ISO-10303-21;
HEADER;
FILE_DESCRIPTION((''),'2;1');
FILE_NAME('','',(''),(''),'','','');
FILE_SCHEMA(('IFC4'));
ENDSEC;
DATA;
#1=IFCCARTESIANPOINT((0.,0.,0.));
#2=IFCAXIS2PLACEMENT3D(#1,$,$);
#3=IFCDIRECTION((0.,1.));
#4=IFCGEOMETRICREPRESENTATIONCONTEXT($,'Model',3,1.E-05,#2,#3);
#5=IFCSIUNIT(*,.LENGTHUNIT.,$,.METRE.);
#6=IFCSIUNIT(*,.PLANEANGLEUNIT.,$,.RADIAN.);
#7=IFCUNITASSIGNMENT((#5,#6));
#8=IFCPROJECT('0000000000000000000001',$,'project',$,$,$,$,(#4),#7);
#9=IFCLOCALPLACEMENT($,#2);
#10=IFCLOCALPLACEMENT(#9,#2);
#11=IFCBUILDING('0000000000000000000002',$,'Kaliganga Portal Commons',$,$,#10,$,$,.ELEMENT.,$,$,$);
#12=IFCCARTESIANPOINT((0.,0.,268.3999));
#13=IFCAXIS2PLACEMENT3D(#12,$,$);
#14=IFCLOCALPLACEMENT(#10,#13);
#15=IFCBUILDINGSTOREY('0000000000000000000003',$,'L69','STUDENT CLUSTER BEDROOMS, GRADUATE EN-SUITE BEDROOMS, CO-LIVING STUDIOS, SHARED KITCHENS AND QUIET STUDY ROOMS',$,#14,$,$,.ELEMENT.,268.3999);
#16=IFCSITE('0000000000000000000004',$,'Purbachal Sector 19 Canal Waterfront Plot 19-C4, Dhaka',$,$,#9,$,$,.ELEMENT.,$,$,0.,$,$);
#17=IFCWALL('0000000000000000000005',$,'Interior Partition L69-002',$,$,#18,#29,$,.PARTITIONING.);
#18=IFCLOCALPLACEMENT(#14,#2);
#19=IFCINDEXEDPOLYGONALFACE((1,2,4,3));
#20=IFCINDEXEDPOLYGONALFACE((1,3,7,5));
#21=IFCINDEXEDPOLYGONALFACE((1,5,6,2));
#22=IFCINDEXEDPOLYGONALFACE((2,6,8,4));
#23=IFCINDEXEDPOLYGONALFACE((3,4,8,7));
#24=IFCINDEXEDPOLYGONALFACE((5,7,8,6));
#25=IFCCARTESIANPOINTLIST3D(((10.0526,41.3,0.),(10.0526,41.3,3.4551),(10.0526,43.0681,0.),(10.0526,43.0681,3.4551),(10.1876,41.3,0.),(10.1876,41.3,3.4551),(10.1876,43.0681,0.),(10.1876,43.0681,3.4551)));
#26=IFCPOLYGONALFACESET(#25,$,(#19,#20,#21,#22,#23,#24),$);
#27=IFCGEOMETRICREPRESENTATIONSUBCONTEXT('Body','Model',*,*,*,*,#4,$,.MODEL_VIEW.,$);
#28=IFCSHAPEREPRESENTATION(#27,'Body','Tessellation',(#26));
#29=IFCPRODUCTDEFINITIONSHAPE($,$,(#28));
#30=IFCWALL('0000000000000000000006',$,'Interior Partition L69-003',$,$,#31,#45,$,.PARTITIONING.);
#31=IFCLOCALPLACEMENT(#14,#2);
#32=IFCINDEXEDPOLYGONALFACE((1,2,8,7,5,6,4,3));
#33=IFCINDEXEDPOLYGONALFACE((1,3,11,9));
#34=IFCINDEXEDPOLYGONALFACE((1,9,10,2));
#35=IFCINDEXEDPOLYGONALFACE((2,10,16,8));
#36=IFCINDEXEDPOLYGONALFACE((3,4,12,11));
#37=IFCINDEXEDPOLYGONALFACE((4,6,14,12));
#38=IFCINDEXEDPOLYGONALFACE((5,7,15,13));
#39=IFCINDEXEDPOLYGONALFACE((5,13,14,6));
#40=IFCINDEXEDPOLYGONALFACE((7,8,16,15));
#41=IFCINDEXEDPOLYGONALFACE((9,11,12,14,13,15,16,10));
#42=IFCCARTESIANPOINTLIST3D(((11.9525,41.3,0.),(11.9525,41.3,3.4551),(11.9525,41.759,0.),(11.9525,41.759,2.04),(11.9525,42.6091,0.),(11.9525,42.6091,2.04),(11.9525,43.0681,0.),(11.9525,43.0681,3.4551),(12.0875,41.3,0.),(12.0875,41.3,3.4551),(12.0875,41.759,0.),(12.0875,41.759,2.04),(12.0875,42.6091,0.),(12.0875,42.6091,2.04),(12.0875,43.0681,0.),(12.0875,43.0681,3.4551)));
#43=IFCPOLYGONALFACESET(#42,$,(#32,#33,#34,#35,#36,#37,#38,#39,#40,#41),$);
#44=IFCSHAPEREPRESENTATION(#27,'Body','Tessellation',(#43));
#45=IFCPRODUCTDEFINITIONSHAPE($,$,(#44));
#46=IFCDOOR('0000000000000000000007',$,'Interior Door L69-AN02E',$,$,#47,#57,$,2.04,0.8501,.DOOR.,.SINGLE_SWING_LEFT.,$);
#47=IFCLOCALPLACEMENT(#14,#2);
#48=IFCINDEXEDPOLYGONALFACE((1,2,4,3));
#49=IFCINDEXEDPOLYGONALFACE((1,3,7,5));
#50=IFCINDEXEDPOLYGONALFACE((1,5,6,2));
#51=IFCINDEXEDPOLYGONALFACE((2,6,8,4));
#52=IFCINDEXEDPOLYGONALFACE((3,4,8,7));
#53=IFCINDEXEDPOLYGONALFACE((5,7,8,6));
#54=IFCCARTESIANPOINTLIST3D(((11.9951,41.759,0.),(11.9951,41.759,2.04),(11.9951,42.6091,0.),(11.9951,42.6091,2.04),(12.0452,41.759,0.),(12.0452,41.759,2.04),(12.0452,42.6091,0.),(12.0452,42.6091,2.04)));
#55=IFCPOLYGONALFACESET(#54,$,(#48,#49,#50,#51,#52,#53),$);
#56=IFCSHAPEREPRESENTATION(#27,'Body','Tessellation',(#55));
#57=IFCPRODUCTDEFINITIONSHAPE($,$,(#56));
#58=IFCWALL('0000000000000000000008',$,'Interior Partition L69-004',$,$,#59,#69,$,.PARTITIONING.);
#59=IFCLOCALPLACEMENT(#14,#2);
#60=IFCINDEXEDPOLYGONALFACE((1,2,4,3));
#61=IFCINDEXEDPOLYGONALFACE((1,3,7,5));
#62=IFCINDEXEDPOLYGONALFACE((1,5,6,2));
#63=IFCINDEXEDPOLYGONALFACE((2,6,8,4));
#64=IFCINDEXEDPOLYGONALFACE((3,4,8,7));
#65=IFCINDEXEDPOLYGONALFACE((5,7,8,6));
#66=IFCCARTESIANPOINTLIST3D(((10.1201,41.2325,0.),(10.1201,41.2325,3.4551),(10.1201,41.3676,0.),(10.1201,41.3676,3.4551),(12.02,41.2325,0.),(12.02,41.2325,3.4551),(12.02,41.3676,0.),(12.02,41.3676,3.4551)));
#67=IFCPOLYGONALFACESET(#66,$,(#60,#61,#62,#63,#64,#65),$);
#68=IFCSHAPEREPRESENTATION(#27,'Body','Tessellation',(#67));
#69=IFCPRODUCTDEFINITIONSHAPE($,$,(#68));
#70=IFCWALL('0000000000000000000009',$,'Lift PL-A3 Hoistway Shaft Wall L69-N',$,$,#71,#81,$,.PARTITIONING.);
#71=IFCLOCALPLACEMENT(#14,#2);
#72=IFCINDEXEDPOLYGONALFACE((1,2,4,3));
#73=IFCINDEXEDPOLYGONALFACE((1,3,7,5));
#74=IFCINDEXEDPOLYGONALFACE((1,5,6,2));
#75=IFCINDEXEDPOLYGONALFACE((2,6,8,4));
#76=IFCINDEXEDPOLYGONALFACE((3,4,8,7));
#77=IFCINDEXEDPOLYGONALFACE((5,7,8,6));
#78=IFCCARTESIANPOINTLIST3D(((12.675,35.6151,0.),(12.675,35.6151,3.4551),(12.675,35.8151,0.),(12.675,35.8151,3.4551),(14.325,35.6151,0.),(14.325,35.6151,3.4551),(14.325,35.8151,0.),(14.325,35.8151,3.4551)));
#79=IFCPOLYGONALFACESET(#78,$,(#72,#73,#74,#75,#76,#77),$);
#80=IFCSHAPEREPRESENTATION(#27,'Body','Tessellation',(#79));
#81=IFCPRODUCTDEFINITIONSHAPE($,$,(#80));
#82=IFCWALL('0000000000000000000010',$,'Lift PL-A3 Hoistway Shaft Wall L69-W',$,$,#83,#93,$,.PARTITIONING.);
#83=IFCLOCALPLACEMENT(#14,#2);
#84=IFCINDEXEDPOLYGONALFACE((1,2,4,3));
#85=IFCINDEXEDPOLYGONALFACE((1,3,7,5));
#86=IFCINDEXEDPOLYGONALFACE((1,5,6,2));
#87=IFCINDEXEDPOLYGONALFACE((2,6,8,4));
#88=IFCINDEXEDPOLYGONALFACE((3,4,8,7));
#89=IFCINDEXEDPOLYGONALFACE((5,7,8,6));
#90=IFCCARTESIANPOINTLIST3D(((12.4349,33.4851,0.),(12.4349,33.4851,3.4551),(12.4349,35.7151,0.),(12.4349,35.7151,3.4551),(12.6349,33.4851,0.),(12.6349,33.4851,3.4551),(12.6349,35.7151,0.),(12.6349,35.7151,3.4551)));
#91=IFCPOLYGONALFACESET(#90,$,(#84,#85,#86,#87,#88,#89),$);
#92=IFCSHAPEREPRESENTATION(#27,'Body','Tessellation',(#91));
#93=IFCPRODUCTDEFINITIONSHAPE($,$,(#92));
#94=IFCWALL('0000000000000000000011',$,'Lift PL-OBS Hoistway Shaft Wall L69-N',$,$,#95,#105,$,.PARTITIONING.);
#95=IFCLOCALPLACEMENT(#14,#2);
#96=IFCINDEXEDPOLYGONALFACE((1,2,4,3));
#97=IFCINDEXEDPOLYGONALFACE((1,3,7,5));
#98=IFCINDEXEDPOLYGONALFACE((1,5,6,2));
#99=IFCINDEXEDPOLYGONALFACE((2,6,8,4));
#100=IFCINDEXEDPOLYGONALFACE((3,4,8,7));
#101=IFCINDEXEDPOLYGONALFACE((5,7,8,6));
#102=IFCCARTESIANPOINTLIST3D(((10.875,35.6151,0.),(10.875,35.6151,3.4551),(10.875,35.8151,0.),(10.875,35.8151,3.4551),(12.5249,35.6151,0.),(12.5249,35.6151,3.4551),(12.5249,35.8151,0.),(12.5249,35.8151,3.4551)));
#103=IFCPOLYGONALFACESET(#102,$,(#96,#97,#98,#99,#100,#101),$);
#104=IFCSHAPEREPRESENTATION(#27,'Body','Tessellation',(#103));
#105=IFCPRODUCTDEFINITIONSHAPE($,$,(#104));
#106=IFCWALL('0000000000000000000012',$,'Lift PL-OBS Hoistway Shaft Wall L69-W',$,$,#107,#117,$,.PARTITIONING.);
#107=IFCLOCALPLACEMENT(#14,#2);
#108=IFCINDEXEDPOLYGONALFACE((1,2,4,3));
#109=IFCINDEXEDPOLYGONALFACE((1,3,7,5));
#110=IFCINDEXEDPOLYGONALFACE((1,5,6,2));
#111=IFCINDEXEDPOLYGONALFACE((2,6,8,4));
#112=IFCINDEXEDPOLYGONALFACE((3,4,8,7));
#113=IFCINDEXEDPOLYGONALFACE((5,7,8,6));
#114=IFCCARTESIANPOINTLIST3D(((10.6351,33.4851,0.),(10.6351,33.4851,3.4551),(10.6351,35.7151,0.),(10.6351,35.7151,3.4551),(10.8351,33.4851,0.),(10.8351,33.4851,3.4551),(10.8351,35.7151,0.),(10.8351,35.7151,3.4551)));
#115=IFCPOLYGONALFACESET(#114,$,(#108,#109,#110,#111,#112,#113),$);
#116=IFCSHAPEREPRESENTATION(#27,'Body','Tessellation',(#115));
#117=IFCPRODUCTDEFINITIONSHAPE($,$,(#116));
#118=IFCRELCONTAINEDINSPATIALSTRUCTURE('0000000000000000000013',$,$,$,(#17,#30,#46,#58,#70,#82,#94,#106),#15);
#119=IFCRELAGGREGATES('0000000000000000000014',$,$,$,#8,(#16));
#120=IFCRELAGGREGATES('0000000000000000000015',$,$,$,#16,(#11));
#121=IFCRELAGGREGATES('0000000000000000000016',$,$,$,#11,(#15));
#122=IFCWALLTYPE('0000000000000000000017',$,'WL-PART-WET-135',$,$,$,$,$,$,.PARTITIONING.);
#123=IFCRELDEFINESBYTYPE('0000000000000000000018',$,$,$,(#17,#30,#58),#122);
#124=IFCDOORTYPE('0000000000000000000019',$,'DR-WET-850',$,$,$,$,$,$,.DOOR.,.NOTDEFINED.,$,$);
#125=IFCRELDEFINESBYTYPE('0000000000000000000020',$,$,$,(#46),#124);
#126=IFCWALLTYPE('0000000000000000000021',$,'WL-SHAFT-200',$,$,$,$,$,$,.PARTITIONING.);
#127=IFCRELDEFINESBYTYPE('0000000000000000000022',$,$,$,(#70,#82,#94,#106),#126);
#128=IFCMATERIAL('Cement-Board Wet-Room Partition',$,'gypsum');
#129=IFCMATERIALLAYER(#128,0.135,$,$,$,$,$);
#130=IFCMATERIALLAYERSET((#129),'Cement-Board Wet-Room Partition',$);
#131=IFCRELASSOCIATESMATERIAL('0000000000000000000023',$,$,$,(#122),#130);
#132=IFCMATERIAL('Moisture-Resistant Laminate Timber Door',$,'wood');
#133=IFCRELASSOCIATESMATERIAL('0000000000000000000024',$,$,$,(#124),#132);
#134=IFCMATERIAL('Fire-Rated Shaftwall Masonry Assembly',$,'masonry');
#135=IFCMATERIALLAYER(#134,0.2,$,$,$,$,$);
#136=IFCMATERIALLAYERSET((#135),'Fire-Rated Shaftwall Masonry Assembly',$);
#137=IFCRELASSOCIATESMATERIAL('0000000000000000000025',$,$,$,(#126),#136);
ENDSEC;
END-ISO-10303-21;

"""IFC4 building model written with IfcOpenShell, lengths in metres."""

from ifc_helpers import new_model, si_unit, direction, frame, frame_2d, origin, place, context, subcontext, project, spatial, rectangle, extrude, material, layer, layer_set, type_object, element, fill, save


model = new_model("IFC4")

# Units and contexts
model_context = context("Model", 3, precision=1e-05, world=origin(), true_north=direction((0.0, 1.0)))
body_context = subcontext(model_context, "Body", "Model", "MODEL_VIEW")
ifc_project = project(units=[si_unit("LENGTHUNIT", "METRE"), si_unit("PLANEANGLEUNIT", "RADIAN")], contexts=[model_context])

# Site, building, storey
site_placement = place(None, origin())
site = spatial("IfcSite", under=ifc_project, at=site_placement, Name="Purbachal Sector 19 Canal Waterfront Plot 19-C4, Dhaka", CompositionType="ELEMENT", RefElevation=0.0)
building_placement = place(site_placement, origin())
building = spatial("IfcBuilding", under=site, at=building_placement, Name="Kaliganga Portal Commons", CompositionType="ELEMENT")
storey_placement = place(building_placement, frame((0.0, 0.0, 268.3999)))
storey = spatial("IfcBuildingStorey", under=building, at=storey_placement, Name="L69", Description="STUDENT CLUSTER BEDROOMS, GRADUATE EN-SUITE BEDROOMS, CO-LIVING STUDIOS, SHARED KITCHENS AND QUIET STUDY ROOMS", CompositionType="ELEMENT", Elevation=268.3999)

# Wall
ifc_material_1 = material(Name="Cement-Board Wet-Room Partition", Category="gypsum")
ifc_layer_1 = layer(ifc_material_1, 0.135)
ifc_layer_set_1 = layer_set([ifc_layer_1], Name="Cement-Board Wet-Room Partition")
wall_type_1 = type_object("IfcWallType", Name="WL-PART-WET-135", PredefinedType="PARTITIONING", material=ifc_layer_set_1)
wall_1_placement = place(storey_placement, frame((10.1201, 41.3, 0.0), z_axis=(0.0, 0.0, 1.0), x_axis=(0.0, 1.0, 0.0)))
element("IfcWall", 1, at=wall_1_placement, inside=storey, type_object=wall_type_1, Name="Interior Partition L69-002", PredefinedType="PARTITIONING", context=body_context, shape_type="SweptSolid", body=[
    extrude(rectangle(XDim=1.7681, YDim=0.135, at=frame_2d((0.884, 0.0))), origin(), (0.0, 0.0, 1.0), 3.4551),
])

# Wall, opening, door
wall_2_placement = place(storey_placement, frame((12.02, 41.3, 0.0), z_axis=(0.0, 0.0, 1.0), x_axis=(0.0, 1.0, 0.0)))
wall_2 = element("IfcWall", 2, at=wall_2_placement, inside=storey, type_object=wall_type_1, Name="Interior Partition L69-003", PredefinedType="PARTITIONING", context=body_context, shape_type="SweptSolid", body=[
    extrude(rectangle(XDim=1.7681, YDim=0.135, at=frame_2d((0.884, 0.0))), origin(), (0.0, 0.0, 1.0), 3.4551),
])
opening_1_placement = place(wall_2_placement, frame((0.459, 0.0, 0.0)))
opening_1 = element("IfcOpeningElement", 3, at=opening_1_placement, cuts=wall_2, PredefinedType="OPENING", context=body_context, shape_type="SweptSolid", body=[
    extrude(rectangle(XDim=0.8501, YDim=2.04, at=frame_2d((0.425, 1.02))), frame((0.0, 0.0776, 0.0), z_axis=(0.0, -1.0, 0.0), x_axis=(1.0, 0.0, 0.0)), (0.0, 0.0, 1.0), 0.155),
])
ifc_material_2 = material(Name="Moisture-Resistant Laminate Timber Door", Category="wood")
door_type_1 = type_object("IfcDoorType", Name="DR-WET-850", OperationType="NOTDEFINED", PredefinedType="DOOR", material=ifc_material_2)
door_1_placement = place(opening_1_placement, origin())
door_1 = element("IfcDoor", 4, at=door_1_placement, inside=storey, type_object=door_type_1, Name="Interior Door L69-AN02E", OperationType="SINGLE_SWING_LEFT", OverallHeight=2.04, OverallWidth=0.8501, PredefinedType="DOOR", context=body_context, shape_type="SweptSolid", body=[
    extrude(rectangle(XDim=0.8501, YDim=2.04, at=frame_2d((0.425, 1.02))), frame((0.0, 0.0249, 0.0), z_axis=(0.0, -1.0, 0.0), x_axis=(1.0, 0.0, 0.0)), (0.0, 0.0, 1.0), 0.05),
])
fill(opening_1, door_1)

# Wall
wall_3_placement = place(storey_placement, frame((10.1201, 41.3, 0.0), z_axis=(0.0, 0.0, 1.0), x_axis=(1.0, 0.0, 0.0)))
element("IfcWall", 5, at=wall_3_placement, inside=storey, type_object=wall_type_1, Name="Interior Partition L69-004", PredefinedType="PARTITIONING", context=body_context, shape_type="SweptSolid", body=[
    extrude(rectangle(XDim=1.8999, YDim=0.135, at=frame_2d((0.95, 0.0))), origin(), (0.0, 0.0, 1.0), 3.4551),
])

# Shared definitions
ifc_material_3 = material(Name="Fire-Rated Shaftwall Masonry Assembly", Category="masonry")
ifc_layer_2 = layer(ifc_material_3, 0.2)
ifc_layer_set_2 = layer_set([ifc_layer_2], Name="Fire-Rated Shaftwall Masonry Assembly")
wall_type_2 = type_object("IfcWallType", Name="WL-SHAFT-200", PredefinedType="PARTITIONING", material=ifc_layer_set_2)

# Walls
wall_4_placement = place(storey_placement, frame((12.675, 35.7151, 0.0), z_axis=(0.0, 0.0, 1.0), x_axis=(1.0, 0.0, 0.0)))
element("IfcWall", 6, at=wall_4_placement, inside=storey, type_object=wall_type_2, Name="Lift PL-A3 Hoistway Shaft Wall L69-N", PredefinedType="PARTITIONING", context=body_context, shape_type="SweptSolid", body=[
    extrude(rectangle(XDim=1.6499, YDim=0.2, at=frame_2d((0.825, 0.0))), origin(), (0.0, 0.0, 1.0), 3.4551),
])
wall_5_placement = place(storey_placement, frame((12.5349, 33.4851, 0.0), z_axis=(0.0, 0.0, 1.0), x_axis=(0.0, 1.0, 0.0)))
element("IfcWall", 7, at=wall_5_placement, inside=storey, type_object=wall_type_2, Name="Lift PL-A3 Hoistway Shaft Wall L69-W", PredefinedType="PARTITIONING", context=body_context, shape_type="SweptSolid", body=[
    extrude(rectangle(XDim=2.23, YDim=0.2, at=frame_2d((1.115, 0.0))), origin(), (0.0, 0.0, 1.0), 3.4551),
])

# Walls
wall_6_placement = place(storey_placement, frame((10.875, 35.7151, 0.0), z_axis=(0.0, 0.0, 1.0), x_axis=(1.0, 0.0, 0.0)))
element("IfcWall", 8, at=wall_6_placement, inside=storey, type_object=wall_type_2, Name="Lift PL-OBS Hoistway Shaft Wall L69-N", PredefinedType="PARTITIONING", context=body_context, shape_type="SweptSolid", body=[
    extrude(rectangle(XDim=1.6499, YDim=0.2, at=frame_2d((0.825, 0.0))), origin(), (0.0, 0.0, 1.0), 3.4551),
])
wall_7_placement = place(storey_placement, frame((10.7351, 33.4851, 0.0), z_axis=(0.0, 0.0, 1.0), x_axis=(0.0, 1.0, 0.0)))
element("IfcWall", 9, at=wall_7_placement, inside=storey, type_object=wall_type_2, Name="Lift PL-OBS Hoistway Shaft Wall L69-W", PredefinedType="PARTITIONING", context=body_context, shape_type="SweptSolid", body=[
    extrude(rectangle(XDim=2.23, YDim=0.2, at=frame_2d((1.115, 0.0))), origin(), (0.0, 0.0, 1.0), 3.4551),
])

save(model, "model.ifc")
